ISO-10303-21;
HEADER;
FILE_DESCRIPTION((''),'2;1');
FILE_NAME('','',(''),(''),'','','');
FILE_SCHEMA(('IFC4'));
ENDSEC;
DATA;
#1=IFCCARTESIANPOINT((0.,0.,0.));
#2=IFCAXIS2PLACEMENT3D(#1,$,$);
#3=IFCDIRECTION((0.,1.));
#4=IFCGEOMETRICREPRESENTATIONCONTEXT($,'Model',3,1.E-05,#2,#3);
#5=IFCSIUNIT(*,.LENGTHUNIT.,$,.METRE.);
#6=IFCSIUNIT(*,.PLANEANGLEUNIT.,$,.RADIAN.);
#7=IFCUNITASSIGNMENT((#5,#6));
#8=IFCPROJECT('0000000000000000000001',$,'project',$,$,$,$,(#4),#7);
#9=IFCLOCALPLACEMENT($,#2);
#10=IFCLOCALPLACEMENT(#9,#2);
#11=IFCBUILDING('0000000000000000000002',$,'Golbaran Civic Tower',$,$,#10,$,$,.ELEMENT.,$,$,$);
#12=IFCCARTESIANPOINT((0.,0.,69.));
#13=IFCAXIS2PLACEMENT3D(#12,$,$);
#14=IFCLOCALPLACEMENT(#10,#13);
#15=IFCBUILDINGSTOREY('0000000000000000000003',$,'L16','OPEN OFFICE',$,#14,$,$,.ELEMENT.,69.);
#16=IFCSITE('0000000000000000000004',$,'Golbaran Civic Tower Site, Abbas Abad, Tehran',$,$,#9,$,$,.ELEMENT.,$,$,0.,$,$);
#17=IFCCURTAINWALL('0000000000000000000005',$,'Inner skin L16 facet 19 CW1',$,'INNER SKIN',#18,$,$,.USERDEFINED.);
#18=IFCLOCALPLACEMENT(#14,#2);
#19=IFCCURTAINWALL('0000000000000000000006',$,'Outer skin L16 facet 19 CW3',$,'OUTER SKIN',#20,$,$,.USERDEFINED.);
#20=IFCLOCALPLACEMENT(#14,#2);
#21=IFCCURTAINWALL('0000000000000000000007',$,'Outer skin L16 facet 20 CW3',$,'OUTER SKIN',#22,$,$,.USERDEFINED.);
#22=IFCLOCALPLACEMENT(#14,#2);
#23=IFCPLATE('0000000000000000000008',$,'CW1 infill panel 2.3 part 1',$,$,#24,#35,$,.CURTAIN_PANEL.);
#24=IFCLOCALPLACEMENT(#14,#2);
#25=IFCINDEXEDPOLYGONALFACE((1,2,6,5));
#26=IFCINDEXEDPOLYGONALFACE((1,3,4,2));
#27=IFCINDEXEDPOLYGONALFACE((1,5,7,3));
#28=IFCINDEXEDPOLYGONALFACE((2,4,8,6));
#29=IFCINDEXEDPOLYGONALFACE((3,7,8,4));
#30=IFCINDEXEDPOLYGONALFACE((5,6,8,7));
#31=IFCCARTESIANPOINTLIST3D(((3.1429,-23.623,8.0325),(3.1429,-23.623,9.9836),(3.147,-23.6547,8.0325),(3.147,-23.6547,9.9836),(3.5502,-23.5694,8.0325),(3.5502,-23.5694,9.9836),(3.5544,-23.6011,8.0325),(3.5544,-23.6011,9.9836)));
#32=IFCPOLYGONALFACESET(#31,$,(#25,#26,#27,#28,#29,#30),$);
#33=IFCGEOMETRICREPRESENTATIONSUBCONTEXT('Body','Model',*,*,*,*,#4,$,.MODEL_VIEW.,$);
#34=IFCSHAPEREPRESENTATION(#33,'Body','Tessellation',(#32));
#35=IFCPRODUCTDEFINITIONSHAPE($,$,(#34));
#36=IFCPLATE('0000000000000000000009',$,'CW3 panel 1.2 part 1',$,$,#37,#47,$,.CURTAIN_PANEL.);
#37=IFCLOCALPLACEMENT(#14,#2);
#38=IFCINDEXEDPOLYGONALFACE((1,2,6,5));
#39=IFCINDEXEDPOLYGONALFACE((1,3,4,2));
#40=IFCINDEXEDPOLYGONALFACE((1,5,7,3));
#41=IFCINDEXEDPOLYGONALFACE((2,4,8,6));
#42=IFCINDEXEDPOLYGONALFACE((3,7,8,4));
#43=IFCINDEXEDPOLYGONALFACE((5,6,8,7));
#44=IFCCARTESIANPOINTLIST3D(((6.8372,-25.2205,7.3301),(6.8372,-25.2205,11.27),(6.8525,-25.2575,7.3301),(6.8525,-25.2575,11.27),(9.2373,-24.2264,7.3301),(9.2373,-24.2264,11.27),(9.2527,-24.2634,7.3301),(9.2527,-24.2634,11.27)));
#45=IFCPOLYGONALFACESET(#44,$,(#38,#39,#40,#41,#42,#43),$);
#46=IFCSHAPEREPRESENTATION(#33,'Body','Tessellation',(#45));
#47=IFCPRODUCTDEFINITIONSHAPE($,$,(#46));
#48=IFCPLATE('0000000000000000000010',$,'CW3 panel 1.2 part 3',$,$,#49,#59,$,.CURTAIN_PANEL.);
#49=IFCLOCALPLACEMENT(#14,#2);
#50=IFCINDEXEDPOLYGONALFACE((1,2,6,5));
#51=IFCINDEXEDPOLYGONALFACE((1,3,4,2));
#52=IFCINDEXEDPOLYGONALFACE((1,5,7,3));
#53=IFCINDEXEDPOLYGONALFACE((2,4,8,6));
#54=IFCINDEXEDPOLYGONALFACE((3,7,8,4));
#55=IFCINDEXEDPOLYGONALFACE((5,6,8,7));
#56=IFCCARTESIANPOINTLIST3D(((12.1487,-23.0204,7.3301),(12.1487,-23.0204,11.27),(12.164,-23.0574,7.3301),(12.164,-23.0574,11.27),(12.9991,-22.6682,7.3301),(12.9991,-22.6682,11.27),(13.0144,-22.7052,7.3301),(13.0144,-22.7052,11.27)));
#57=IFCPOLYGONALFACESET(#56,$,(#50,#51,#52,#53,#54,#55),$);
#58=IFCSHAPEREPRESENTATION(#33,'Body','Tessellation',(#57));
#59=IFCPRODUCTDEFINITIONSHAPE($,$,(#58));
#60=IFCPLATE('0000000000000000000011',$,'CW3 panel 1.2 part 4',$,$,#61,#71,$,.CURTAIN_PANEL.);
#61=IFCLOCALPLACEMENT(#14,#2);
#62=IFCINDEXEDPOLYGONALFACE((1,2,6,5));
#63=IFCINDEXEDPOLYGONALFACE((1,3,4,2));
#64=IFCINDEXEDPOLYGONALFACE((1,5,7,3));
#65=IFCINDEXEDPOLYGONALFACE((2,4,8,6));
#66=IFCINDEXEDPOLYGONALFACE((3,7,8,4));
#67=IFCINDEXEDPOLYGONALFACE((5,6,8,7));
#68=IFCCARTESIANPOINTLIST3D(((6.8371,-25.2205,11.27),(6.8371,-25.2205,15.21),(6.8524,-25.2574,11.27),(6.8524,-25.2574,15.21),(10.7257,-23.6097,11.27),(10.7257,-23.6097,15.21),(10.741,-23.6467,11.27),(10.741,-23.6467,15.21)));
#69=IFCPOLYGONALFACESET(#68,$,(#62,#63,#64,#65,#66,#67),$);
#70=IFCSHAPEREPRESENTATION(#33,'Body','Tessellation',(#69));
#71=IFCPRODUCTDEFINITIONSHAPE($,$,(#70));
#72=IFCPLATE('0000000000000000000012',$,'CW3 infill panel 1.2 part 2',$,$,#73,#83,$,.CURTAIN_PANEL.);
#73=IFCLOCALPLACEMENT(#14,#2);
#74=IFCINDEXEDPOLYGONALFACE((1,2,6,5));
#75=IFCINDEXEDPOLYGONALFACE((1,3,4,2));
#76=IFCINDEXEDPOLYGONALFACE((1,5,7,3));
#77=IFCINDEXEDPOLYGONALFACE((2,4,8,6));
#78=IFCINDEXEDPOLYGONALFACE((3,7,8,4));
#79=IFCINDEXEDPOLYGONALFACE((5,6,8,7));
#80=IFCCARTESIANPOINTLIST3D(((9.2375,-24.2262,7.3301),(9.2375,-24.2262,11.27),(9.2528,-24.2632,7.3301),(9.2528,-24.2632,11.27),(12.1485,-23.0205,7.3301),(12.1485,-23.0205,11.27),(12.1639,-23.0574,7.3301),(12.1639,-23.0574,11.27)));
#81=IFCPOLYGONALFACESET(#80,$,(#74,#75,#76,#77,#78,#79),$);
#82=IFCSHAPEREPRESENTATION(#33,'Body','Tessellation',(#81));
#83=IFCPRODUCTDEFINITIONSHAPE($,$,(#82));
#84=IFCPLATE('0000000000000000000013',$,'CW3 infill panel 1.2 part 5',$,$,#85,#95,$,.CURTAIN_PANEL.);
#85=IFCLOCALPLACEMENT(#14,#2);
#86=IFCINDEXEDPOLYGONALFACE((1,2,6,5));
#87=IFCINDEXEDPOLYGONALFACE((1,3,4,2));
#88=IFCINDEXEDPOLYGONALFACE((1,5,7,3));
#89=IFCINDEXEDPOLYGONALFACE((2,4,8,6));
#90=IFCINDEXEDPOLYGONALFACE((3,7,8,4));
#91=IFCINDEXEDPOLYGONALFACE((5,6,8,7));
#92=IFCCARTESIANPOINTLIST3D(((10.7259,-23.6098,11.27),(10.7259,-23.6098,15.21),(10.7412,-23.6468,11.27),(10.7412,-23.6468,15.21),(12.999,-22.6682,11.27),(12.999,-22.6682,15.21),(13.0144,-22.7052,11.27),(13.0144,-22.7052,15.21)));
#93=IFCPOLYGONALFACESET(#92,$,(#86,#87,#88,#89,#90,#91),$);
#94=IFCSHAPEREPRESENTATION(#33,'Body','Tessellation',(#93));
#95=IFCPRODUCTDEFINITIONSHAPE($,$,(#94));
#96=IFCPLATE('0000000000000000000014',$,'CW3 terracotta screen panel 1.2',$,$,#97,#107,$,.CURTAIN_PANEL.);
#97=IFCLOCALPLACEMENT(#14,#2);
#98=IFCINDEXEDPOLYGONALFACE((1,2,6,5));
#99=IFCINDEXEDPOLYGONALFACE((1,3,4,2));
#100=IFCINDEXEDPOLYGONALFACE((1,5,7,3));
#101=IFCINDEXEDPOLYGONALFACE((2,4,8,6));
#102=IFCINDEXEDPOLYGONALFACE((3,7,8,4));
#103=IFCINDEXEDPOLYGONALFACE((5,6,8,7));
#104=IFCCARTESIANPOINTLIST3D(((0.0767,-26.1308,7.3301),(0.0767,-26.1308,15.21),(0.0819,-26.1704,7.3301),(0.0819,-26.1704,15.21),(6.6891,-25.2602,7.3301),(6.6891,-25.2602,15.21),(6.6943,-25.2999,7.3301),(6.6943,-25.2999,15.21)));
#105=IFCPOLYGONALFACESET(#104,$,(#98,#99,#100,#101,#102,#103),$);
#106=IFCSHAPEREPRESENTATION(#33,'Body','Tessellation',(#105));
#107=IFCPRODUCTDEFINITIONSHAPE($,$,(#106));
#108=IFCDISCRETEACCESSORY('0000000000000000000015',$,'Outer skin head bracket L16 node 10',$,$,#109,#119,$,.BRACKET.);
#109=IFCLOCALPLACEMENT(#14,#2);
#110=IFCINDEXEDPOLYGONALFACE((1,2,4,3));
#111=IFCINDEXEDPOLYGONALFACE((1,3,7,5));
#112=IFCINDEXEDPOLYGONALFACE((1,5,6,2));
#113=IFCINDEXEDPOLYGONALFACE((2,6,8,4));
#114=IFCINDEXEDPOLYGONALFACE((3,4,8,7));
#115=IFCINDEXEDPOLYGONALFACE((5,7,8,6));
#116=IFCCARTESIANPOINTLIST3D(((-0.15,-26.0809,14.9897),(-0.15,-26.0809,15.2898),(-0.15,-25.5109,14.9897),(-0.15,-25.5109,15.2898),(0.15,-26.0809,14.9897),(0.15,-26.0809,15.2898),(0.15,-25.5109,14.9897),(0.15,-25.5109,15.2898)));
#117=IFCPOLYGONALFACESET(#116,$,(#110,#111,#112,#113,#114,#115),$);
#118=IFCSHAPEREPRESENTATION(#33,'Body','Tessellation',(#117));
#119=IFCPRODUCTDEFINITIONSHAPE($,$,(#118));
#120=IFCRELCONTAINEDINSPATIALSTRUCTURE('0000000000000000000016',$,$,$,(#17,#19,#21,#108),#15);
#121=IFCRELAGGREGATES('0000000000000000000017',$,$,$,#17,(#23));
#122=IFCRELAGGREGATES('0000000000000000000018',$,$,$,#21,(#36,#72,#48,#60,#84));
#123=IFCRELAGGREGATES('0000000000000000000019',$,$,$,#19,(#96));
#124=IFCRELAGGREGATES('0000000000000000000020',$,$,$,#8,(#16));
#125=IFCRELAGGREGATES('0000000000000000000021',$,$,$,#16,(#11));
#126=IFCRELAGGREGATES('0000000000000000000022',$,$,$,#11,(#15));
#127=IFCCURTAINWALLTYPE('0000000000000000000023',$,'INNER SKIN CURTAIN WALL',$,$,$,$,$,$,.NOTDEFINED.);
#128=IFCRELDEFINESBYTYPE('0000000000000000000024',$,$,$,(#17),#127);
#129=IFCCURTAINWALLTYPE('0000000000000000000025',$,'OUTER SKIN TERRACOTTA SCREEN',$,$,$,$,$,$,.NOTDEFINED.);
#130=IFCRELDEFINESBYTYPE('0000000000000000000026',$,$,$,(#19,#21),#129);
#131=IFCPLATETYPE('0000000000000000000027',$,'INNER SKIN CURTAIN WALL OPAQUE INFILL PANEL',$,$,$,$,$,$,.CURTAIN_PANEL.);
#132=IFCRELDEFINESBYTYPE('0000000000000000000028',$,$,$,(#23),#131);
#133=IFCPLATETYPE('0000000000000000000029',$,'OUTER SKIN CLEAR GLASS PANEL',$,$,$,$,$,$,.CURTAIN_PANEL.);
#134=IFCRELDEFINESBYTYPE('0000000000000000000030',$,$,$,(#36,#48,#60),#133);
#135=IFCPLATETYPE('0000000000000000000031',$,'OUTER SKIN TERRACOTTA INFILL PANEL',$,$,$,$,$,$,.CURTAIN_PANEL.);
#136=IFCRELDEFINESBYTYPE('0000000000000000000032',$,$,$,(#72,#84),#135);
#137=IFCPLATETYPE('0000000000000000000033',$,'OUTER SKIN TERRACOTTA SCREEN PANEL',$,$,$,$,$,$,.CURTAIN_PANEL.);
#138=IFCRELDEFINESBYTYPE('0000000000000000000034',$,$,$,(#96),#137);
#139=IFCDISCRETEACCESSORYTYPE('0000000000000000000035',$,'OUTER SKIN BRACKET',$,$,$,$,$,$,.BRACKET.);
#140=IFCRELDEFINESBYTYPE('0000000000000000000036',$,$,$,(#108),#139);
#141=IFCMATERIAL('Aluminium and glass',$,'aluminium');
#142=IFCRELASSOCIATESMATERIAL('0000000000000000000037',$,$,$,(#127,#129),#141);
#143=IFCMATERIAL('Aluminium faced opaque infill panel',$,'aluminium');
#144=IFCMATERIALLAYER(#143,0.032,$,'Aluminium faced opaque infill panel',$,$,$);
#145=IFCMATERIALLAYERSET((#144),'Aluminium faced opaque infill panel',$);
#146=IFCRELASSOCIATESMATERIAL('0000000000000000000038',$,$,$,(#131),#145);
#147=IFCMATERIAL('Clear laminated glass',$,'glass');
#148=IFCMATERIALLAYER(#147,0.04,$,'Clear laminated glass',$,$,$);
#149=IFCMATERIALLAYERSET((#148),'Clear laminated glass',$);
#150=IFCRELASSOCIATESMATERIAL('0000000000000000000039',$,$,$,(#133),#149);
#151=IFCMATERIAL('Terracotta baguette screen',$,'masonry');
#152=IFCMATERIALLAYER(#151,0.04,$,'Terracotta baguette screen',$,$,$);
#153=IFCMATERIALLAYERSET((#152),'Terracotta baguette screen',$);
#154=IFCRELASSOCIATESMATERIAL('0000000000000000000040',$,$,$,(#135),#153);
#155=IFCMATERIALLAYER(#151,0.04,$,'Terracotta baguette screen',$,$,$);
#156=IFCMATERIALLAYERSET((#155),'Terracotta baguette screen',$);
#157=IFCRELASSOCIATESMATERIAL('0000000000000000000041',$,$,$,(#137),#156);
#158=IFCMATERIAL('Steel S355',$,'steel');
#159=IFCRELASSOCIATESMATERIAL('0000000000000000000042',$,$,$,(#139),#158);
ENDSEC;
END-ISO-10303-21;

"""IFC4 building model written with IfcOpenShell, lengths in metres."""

from ifc_helpers import new_model, si_unit, direction, frame, origin, origin_2d, place, context, subcontext, project, spatial, rectangle, extrude, material, layer, layer_set, type_object, element, aggregate, save


model = new_model("IFC4")

# Units and contexts
model_context = context("Model", 3, precision=1e-05, world=origin(), true_north=direction((0.0, 1.0)))
body_context = subcontext(model_context, "Body", "Model", "MODEL_VIEW")
ifc_project = project(units=[si_unit("LENGTHUNIT", "METRE"), si_unit("PLANEANGLEUNIT", "RADIAN")], contexts=[model_context])

# Site, building, storey
site_placement = place(None, origin())
site = spatial("IfcSite", under=ifc_project, at=site_placement, Name="Golbaran Civic Tower Site, Abbas Abad, Tehran", CompositionType="ELEMENT", RefElevation=0.0)
building_placement = place(site_placement, origin())
building = spatial("IfcBuilding", under=site, at=building_placement, Name="Golbaran Civic Tower", CompositionType="ELEMENT")
storey_placement = place(building_placement, frame((0.0, 0.0, 69.0)))
storey = spatial("IfcBuildingStorey", under=building, at=storey_placement, Name="L16", Description="OPEN OFFICE", CompositionType="ELEMENT", Elevation=69.0)

# Curtain walls
ifc_material_1 = material(Name="Aluminium and glass", Category="aluminium")
curtain_wall_type_1 = type_object("IfcCurtainWallType", Name="INNER SKIN CURTAIN WALL", PredefinedType="NOTDEFINED", material=ifc_material_1)
curtain_wall_1_placement = place(storey_placement, origin())
curtain_wall_1 = element("IfcCurtainWall", 1, at=curtain_wall_1_placement, inside=storey, type_object=curtain_wall_type_1, Name="Inner skin L16 facet 19 CW1", ObjectType="INNER SKIN", PredefinedType="USERDEFINED")
curtain_wall_type_2 = type_object("IfcCurtainWallType", Name="OUTER SKIN TERRACOTTA SCREEN", PredefinedType="NOTDEFINED", material=ifc_material_1)
curtain_wall_2_placement = place(storey_placement, origin())
curtain_wall_2 = element("IfcCurtainWall", 2, at=curtain_wall_2_placement, inside=storey, type_object=curtain_wall_type_2, Name="Outer skin L16 facet 19 CW3", ObjectType="OUTER SKIN", PredefinedType="USERDEFINED")
curtain_wall_3_placement = place(storey_placement, origin())
curtain_wall_3 = element("IfcCurtainWall", 3, at=curtain_wall_3_placement, inside=storey, type_object=curtain_wall_type_2, Name="Outer skin L16 facet 20 CW3", ObjectType="OUTER SKIN", PredefinedType="USERDEFINED")

# Plates
ifc_material_2 = material(Name="Aluminium faced opaque infill panel", Category="aluminium")
ifc_layer_1 = layer(ifc_material_2, 0.032, Name="Aluminium faced opaque infill panel")
ifc_layer_set_1 = layer_set([ifc_layer_1], Name="Aluminium faced opaque infill panel")
plate_type_1 = type_object("IfcPlateType", Name="INNER SKIN CURTAIN WALL OPAQUE INFILL PANEL", PredefinedType="CURTAIN_PANEL", material=ifc_layer_set_1)
plate_1_placement = place(storey_placement, frame((3.3486, -23.6121, 8.0325), z_axis=(0.0, 0.0, 1.0), x_axis=(0.991445, 0.130526, 0.0)))
plate_1 = element("IfcPlate", 4, at=plate_1_placement, type_object=plate_type_1, Name="CW1 infill panel 2.3 part 1", PredefinedType="CURTAIN_PANEL", context=body_context, shape_type="SweptSolid", body=[
    extrude(rectangle(XDim=0.4109, YDim=0.032, at=origin_2d()), origin(), (0.0, 0.0, 1.0), 1.9512),
])
aggregate(curtain_wall_1, [plate_1])
ifc_material_3 = material(Name="Clear laminated glass", Category="glass")
ifc_layer_2 = layer(ifc_material_3, 0.04, Name="Clear laminated glass")
ifc_layer_set_2 = layer_set([ifc_layer_2], Name="Clear laminated glass")
plate_type_2 = type_object("IfcPlateType", Name="OUTER SKIN CLEAR GLASS PANEL", PredefinedType="CURTAIN_PANEL", material=ifc_layer_set_2)
plate_2_placement = place(storey_placement, frame((8.0449, -24.7419, 7.3301), z_axis=(0.0, 0.0, 1.0), x_axis=(0.92388, 0.382683, 0.0)))
plate_2 = element("IfcPlate", 5, at=plate_2_placement, type_object=plate_type_2, Name="CW3 panel 1.2 part 1", PredefinedType="CURTAIN_PANEL", context=body_context, shape_type="SweptSolid", body=[
    extrude(rectangle(XDim=2.5979, YDim=0.04, at=origin_2d()), origin(), (0.0, 0.0, 1.0), 3.9399),
])
plate_3_placement = place(storey_placement, frame((12.5815, -22.8628, 7.3301), z_axis=(0.0, 0.0, 1.0), x_axis=(0.92388, 0.382683, 0.0)))
plate_3 = element("IfcPlate", 6, at=plate_3_placement, type_object=plate_type_2, Name="CW3 panel 1.2 part 3", PredefinedType="CURTAIN_PANEL", context=body_context, shape_type="SweptSolid", body=[
    extrude(rectangle(XDim=0.9204, YDim=0.04, at=origin_2d()), origin(), (0.0, 0.0, 1.0), 3.9399),
])
plate_4_placement = place(storey_placement, frame((8.7891, -24.4336, 11.27), z_axis=(0.0, 0.0, 1.0), x_axis=(0.92388, 0.382683, 0.0)))
plate_4 = element("IfcPlate", 7, at=plate_4_placement, type_object=plate_type_2, Name="CW3 panel 1.2 part 4", PredefinedType="CURTAIN_PANEL", context=body_context, shape_type="SweptSolid", body=[
    extrude(rectangle(XDim=4.209, YDim=0.04, at=origin_2d()), origin(), (0.0, 0.0, 1.0), 3.9399),
])
ifc_material_4 = material(Name="Terracotta baguette screen", Category="masonry")
ifc_layer_3 = layer(ifc_material_4, 0.04, Name="Terracotta baguette screen")
ifc_layer_set_3 = layer_set([ifc_layer_3], Name="Terracotta baguette screen")
plate_type_3 = type_object("IfcPlateType", Name="OUTER SKIN TERRACOTTA INFILL PANEL", PredefinedType="CURTAIN_PANEL", material=ifc_layer_set_3)
plate_5_placement = place(storey_placement, frame((10.7007, -23.6418, 7.3301), z_axis=(0.0, 0.0, 1.0), x_axis=(0.92388, 0.382683, 0.0)))
plate_5 = element("IfcPlate", 8, at=plate_5_placement, type_object=plate_type_3, Name="CW3 infill panel 1.2 part 2", PredefinedType="CURTAIN_PANEL", context=body_context, shape_type="SweptSolid", body=[
    extrude(rectangle(XDim=3.1509, YDim=0.04, at=origin_2d()), origin(), (0.0, 0.0, 1.0), 3.9399),
])
plate_6_placement = place(storey_placement, frame((11.8701, -23.1575, 11.27), z_axis=(0.0, 0.0, 1.0), x_axis=(0.92388, 0.382683, 0.0)))
plate_6 = element("IfcPlate", 9, at=plate_6_placement, type_object=plate_type_3, Name="CW3 infill panel 1.2 part 5", PredefinedType="CURTAIN_PANEL", context=body_context, shape_type="SweptSolid", body=[
    extrude(rectangle(XDim=2.4604, YDim=0.04, at=origin_2d()), origin(), (0.0, 0.0, 1.0), 3.9399),
])
aggregate(curtain_wall_3, [plate_2, plate_5, plate_3, plate_4, plate_6])
ifc_layer_4 = layer(ifc_material_4, 0.04, Name="Terracotta baguette screen")
ifc_layer_set_4 = layer_set([ifc_layer_4], Name="Terracotta baguette screen")
plate_type_4 = type_object("IfcPlateType", Name="OUTER SKIN TERRACOTTA SCREEN PANEL", PredefinedType="CURTAIN_PANEL", material=ifc_layer_set_4)
plate_7_placement = place(storey_placement, frame((3.3855, -25.7153, 7.3301), z_axis=(0.0, 0.0, 1.0), x_axis=(0.991445, 0.130526, 0.0)))
plate_7 = element("IfcPlate", 10, at=plate_7_placement, type_object=plate_type_4, Name="CW3 terracotta screen panel 1.2", PredefinedType="CURTAIN_PANEL", context=body_context, shape_type="SweptSolid", body=[
    extrude(rectangle(XDim=6.6694, YDim=0.04, at=origin_2d()), origin(), (0.0, 0.0, 1.0), 7.8799),
])
aggregate(curtain_wall_2, [plate_7])

# Discrete accessory
ifc_material_5 = material(Name="Steel S355", Category="steel")
discrete_accessory_type = type_object("IfcDiscreteAccessoryType", Name="OUTER SKIN BRACKET", PredefinedType="BRACKET", material=ifc_material_5)
discrete_accessory_placement = place(storey_placement, frame((0.0, -25.7959, 14.9897), z_axis=(0.0, 0.0, 1.0), x_axis=(0.0, -1.0, 0.0)))
element("IfcDiscreteAccessory", 11, at=discrete_accessory_placement, inside=storey, type_object=discrete_accessory_type, Name="Outer skin head bracket L16 node 10", PredefinedType="BRACKET", context=body_context, shape_type="SweptSolid", body=[
    extrude(rectangle(XDim=0.5701, YDim=0.3, at=origin_2d()), origin(), (0.0, 0.0, 1.0), 0.3),
])

save(model, "model.ifc")
